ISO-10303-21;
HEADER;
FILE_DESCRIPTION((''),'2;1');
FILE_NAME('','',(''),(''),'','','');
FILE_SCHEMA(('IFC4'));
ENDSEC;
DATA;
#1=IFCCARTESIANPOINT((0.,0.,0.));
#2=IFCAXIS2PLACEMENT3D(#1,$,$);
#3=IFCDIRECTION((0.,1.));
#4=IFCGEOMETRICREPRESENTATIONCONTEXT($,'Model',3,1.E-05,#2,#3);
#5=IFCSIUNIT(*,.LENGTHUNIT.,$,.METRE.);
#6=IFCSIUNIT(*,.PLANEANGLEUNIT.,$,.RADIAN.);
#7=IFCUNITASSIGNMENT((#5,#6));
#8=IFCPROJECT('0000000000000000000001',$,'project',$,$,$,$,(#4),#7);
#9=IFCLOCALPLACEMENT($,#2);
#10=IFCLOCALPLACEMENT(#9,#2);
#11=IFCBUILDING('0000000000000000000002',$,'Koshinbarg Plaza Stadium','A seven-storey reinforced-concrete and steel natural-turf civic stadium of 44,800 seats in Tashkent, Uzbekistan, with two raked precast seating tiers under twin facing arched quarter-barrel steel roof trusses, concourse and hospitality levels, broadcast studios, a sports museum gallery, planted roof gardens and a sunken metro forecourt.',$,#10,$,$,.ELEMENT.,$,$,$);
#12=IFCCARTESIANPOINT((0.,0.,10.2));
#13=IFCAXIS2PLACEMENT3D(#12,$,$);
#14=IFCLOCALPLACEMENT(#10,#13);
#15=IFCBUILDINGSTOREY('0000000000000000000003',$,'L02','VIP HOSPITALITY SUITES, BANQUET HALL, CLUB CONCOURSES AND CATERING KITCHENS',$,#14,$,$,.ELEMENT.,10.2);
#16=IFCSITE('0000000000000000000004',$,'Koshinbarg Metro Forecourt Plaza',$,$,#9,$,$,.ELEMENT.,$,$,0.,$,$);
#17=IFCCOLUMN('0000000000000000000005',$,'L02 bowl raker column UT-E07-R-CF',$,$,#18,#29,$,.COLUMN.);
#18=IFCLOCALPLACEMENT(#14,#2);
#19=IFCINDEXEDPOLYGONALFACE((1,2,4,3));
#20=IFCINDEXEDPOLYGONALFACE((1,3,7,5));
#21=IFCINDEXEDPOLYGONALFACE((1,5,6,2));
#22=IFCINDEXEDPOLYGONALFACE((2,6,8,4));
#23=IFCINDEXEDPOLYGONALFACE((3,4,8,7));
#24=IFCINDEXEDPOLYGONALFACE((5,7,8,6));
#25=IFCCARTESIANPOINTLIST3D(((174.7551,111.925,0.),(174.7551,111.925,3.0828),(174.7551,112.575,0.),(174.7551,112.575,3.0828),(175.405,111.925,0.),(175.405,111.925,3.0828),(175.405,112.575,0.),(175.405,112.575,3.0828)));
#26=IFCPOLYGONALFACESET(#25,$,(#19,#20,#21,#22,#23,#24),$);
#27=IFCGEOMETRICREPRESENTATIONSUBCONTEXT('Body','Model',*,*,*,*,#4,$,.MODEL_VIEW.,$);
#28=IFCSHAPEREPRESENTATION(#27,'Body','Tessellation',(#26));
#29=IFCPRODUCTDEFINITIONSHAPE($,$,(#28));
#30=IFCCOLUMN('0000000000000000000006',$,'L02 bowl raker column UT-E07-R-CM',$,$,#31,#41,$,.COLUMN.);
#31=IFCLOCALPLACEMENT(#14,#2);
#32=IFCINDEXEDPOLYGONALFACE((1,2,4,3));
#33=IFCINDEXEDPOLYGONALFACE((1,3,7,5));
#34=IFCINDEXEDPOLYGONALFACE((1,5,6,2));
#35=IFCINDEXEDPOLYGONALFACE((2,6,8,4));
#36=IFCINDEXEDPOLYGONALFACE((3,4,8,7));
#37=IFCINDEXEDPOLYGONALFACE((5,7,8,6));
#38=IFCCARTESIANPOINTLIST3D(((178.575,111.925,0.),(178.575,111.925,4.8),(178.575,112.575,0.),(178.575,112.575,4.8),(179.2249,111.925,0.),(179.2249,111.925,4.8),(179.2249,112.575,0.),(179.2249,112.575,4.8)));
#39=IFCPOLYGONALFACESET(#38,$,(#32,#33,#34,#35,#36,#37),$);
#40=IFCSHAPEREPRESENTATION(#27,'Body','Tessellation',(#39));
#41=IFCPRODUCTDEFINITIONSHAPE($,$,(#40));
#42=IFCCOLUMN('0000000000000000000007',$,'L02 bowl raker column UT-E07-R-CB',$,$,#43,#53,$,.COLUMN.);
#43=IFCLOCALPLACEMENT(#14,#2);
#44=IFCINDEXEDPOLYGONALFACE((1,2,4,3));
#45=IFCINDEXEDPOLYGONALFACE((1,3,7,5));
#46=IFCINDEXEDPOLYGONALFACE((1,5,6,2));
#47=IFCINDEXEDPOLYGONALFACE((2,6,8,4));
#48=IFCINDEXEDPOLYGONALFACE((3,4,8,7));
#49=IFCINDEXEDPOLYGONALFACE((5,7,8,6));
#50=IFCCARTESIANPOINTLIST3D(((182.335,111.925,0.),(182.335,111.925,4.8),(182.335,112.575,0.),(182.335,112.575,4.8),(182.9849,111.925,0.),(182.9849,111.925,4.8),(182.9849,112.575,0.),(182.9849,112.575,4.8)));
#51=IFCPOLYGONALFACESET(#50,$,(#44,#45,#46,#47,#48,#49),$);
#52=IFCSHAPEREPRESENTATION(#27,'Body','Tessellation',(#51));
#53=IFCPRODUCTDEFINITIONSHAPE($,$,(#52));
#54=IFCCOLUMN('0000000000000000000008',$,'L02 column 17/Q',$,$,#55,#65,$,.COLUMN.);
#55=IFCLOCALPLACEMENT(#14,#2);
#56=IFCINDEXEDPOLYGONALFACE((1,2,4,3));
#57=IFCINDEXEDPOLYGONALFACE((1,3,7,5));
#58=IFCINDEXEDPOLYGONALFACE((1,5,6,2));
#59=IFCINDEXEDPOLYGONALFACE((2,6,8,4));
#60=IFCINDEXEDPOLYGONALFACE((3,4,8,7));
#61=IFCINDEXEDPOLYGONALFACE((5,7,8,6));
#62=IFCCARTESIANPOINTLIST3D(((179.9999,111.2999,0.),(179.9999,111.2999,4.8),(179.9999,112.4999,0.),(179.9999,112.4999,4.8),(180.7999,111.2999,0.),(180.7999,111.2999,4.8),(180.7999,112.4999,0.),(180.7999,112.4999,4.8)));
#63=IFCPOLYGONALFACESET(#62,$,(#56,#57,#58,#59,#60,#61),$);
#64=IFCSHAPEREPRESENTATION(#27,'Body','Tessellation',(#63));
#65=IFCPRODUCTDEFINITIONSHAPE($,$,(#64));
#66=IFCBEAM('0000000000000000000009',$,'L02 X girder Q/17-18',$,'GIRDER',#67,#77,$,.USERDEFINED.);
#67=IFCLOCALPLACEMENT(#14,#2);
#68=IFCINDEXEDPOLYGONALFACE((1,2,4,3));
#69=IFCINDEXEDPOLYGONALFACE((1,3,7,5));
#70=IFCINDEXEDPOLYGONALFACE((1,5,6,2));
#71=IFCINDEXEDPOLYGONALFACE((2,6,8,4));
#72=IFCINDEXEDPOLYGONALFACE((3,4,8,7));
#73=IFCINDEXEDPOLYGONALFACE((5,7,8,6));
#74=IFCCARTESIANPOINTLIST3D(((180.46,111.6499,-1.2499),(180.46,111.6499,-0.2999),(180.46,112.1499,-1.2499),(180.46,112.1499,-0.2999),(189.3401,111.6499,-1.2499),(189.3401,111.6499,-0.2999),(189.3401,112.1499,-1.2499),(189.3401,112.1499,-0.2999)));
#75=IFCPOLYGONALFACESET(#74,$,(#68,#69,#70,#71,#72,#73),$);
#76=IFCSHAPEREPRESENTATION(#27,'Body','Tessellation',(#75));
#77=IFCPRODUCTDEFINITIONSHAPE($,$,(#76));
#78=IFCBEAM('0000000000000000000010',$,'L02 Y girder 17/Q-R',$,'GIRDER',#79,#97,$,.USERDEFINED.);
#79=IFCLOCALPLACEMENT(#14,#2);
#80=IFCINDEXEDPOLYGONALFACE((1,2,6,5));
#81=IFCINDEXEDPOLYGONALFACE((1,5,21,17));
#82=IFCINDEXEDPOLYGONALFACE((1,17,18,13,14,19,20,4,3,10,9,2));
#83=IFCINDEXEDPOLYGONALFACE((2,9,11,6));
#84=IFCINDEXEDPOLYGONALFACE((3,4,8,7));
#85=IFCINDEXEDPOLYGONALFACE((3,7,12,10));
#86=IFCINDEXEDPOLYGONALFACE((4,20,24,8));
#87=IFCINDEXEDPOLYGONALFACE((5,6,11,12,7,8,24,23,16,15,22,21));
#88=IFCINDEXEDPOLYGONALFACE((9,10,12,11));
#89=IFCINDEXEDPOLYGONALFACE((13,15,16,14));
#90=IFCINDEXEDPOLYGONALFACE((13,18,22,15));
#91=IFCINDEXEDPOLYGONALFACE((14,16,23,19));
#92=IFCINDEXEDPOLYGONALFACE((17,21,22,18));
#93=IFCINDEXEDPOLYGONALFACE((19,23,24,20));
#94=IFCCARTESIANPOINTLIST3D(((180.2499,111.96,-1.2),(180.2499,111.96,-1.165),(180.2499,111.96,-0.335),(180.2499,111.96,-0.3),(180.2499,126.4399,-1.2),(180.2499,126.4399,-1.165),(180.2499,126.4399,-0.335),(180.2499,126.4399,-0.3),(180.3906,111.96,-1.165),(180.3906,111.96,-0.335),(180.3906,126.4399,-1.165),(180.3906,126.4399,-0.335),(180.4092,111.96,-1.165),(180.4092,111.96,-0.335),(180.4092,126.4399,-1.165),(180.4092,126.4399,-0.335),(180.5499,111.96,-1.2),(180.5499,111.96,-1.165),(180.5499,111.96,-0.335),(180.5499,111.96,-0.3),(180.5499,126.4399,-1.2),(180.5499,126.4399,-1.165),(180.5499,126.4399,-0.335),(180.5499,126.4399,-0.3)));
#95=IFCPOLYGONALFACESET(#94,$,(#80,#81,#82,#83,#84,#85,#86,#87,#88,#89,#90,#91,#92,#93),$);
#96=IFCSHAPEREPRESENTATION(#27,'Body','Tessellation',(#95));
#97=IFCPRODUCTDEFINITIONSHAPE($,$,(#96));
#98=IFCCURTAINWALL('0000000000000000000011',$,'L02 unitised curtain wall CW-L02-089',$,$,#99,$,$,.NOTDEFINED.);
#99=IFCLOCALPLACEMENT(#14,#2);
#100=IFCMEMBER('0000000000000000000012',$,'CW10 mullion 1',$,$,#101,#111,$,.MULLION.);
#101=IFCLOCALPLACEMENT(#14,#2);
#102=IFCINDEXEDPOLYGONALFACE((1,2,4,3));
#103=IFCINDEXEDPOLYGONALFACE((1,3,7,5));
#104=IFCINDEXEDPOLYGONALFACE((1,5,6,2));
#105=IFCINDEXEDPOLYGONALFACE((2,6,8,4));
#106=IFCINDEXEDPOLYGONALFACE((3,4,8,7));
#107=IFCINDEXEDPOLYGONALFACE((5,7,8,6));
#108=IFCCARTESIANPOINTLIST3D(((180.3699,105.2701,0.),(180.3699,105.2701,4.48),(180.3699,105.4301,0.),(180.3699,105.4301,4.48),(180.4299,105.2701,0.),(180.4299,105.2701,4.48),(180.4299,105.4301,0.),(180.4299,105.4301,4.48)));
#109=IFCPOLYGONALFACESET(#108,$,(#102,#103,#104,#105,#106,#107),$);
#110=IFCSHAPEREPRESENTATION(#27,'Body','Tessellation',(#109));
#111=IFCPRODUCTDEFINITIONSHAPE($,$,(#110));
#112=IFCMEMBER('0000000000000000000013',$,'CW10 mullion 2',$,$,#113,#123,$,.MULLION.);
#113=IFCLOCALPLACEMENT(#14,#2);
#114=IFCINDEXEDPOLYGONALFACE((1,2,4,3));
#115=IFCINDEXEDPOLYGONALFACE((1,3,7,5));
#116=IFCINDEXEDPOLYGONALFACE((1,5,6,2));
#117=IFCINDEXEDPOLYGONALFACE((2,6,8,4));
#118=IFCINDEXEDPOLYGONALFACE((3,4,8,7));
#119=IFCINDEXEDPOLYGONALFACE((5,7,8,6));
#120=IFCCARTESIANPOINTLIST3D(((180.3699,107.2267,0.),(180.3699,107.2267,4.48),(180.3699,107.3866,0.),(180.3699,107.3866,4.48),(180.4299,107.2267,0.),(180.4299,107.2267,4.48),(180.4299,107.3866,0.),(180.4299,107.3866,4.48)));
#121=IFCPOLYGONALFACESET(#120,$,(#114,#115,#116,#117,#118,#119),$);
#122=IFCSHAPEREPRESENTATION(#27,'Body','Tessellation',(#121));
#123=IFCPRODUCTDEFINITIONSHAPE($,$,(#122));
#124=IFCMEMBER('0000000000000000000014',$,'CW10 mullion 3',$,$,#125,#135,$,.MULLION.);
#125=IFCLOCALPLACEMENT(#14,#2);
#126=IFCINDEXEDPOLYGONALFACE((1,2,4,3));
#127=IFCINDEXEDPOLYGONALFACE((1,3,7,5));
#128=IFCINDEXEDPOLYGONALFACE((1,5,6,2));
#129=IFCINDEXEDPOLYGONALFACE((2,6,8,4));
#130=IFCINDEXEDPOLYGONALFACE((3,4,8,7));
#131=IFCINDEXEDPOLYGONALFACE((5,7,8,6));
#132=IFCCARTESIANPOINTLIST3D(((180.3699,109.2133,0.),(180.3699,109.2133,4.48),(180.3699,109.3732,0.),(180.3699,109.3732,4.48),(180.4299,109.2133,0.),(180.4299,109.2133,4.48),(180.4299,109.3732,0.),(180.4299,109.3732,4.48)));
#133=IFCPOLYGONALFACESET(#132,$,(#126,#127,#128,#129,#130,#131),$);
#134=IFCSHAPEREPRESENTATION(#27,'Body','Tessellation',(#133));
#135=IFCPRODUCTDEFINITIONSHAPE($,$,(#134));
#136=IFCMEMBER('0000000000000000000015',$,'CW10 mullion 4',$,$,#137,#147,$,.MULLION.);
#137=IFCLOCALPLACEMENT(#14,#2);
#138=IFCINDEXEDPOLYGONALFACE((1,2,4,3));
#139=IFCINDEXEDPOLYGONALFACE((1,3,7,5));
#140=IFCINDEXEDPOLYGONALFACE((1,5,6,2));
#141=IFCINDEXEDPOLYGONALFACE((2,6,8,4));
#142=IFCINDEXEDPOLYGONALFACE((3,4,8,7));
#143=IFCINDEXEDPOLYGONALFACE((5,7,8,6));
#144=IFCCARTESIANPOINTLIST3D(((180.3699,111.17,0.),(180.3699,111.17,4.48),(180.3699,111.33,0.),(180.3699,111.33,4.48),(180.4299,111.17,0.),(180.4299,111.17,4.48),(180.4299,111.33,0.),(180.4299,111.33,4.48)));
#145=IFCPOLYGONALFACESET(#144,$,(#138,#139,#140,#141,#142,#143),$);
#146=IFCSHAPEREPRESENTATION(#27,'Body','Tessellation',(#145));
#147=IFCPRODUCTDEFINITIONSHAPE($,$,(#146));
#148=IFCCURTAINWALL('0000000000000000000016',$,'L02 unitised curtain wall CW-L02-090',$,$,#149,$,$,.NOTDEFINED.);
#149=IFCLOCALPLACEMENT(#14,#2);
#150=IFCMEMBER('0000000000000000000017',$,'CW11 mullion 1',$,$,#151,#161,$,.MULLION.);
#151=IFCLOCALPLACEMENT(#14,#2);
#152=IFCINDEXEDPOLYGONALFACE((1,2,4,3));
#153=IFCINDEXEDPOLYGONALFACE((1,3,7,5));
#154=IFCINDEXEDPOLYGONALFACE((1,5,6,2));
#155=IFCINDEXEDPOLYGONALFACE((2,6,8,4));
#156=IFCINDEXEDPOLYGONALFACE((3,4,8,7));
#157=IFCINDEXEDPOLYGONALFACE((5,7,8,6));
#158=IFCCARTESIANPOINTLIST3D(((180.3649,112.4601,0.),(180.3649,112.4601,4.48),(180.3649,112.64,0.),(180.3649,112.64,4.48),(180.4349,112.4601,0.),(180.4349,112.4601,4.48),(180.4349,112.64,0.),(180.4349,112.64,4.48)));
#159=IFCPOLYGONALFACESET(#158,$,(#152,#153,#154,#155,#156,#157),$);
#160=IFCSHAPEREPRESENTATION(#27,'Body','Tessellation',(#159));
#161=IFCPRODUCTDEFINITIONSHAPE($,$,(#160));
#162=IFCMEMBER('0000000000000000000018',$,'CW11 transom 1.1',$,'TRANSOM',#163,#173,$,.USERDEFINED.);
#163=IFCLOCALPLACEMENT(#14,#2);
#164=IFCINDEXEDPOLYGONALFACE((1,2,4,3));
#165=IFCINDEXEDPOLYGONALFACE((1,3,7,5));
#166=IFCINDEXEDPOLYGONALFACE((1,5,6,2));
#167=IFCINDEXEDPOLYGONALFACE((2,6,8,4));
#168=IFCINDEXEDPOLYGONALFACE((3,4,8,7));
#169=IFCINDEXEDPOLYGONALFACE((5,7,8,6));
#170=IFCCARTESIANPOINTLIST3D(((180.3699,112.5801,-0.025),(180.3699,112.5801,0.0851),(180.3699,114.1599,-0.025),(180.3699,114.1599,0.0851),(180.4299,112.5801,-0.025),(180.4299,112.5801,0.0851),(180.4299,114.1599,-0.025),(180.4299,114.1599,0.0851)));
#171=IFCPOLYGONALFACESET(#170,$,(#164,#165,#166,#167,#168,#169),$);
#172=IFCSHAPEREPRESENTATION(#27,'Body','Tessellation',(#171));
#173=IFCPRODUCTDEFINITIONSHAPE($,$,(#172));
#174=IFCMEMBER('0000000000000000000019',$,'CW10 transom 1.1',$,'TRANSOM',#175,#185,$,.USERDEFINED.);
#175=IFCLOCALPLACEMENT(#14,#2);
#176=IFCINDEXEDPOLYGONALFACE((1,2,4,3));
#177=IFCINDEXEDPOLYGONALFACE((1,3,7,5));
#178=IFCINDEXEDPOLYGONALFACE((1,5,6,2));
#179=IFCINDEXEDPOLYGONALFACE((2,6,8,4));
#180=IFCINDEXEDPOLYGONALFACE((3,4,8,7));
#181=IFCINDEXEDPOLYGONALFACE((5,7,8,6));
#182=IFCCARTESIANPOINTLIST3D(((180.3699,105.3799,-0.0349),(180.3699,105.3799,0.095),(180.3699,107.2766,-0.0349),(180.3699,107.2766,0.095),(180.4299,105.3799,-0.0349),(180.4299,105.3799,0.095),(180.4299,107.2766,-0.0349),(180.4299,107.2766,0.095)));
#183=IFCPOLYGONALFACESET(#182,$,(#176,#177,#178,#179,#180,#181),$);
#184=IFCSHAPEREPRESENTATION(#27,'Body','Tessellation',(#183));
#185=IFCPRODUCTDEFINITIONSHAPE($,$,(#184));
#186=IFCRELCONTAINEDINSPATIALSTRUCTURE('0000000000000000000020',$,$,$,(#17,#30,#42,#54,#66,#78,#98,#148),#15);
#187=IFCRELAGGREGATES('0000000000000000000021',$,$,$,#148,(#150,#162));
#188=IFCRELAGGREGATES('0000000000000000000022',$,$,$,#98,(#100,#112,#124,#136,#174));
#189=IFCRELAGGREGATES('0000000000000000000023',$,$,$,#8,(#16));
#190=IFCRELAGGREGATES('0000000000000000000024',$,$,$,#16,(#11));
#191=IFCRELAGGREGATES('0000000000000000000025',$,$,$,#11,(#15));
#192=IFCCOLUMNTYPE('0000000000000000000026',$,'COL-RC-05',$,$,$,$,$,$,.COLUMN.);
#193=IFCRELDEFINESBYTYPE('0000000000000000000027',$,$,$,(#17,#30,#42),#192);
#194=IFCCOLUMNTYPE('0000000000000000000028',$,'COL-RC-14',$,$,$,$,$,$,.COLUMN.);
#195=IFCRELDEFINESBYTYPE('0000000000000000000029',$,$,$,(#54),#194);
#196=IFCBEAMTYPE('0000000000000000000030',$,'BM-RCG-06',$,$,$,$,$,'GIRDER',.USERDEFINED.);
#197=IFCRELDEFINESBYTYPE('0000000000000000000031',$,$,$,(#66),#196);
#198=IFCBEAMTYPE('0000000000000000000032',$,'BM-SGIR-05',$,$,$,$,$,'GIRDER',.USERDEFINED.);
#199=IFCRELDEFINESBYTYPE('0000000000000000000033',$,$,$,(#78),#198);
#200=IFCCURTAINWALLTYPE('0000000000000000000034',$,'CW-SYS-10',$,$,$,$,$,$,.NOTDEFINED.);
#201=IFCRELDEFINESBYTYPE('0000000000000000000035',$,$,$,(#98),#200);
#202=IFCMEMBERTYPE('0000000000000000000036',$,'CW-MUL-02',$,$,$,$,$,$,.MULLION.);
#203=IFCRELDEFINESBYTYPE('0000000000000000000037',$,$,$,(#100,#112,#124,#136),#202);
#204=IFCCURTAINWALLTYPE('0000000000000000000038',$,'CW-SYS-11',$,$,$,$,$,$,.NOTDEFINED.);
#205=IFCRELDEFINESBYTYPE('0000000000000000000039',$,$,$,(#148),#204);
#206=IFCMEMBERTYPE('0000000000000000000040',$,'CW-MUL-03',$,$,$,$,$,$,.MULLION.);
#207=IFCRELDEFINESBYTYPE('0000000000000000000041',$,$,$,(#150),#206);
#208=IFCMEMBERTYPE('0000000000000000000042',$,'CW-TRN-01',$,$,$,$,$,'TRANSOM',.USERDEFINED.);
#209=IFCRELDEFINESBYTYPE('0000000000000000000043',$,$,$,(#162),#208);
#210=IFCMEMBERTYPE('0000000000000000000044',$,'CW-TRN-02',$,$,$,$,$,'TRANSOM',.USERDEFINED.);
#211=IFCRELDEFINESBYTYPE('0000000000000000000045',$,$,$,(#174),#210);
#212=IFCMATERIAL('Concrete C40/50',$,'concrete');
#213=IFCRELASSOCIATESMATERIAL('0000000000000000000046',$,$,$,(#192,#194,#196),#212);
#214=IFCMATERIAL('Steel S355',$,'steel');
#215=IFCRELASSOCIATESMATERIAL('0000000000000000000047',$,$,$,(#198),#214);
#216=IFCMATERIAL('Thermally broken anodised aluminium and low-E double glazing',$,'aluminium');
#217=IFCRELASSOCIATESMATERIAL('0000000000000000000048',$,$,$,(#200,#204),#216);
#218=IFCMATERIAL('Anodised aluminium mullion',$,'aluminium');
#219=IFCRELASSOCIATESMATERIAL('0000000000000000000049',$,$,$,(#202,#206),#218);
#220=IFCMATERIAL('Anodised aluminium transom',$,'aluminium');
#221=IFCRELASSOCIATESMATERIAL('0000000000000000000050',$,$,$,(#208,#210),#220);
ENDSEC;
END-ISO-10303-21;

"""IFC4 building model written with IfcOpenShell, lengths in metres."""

from ifc_helpers import new_model, si_unit, direction, frame, origin, origin_2d, place, context, subcontext, project, spatial, rectangle, i_section, extrude, material, material_profile, profile_set, type_object, element, aggregate, save


model = new_model("IFC4")

# Units and contexts
model_context = context("Model", 3, precision=1e-05, world=origin(), true_north=direction((0.0, 1.0)))
body_context = subcontext(model_context, "Body", "Model", "MODEL_VIEW")
ifc_project = project(units=[si_unit("LENGTHUNIT", "METRE"), si_unit("PLANEANGLEUNIT", "RADIAN")], contexts=[model_context])

# Site, building, storey
site_placement = place(None, origin())
site = spatial("IfcSite", under=ifc_project, at=site_placement, Name="Koshinbarg Metro Forecourt Plaza", CompositionType="ELEMENT", RefElevation=0.0)
building_placement = place(site_placement, origin())
building = spatial("IfcBuilding", under=site, at=building_placement, Name="Koshinbarg Plaza Stadium", Description="A seven-storey reinforced-concrete and steel natural-turf civic stadium of 44,800 seats in Tashkent, Uzbekistan, with two raked precast seating tiers under twin facing arched quarter-barrel steel roof trusses, concourse and hospitality levels, broadcast studios, a sports museum gallery, planted roof gardens and a sunken metro forecourt.", CompositionType="ELEMENT")
storey_placement = place(building_placement, frame((0.0, 0.0, 10.2)))
storey = spatial("IfcBuildingStorey", under=building, at=storey_placement, Name="L02", Description="VIP HOSPITALITY SUITES, BANQUET HALL, CLUB CONCOURSES AND CATERING KITCHENS", CompositionType="ELEMENT", Elevation=10.2)

# Columns
ifc_material_1 = material(Name="Concrete C40/50", Category="concrete")
ifc_material_profile_1 = material_profile(ifc_material_1, rectangle(XDim=0.6499, YDim=0.6499, at=origin_2d()), Name="RC 650x650")
ifc_profile_set_1 = profile_set([ifc_material_profile_1], Name="Concrete C40/50")
column_type_1 = type_object("IfcColumnType", Name="COL-RC-05", PredefinedType="COLUMN", material=ifc_profile_set_1)
column_1_placement = place(storey_placement, frame((175.0801, 112.25, 0.0), z_axis=(0.0, 0.0, 1.0), x_axis=(1.0, 0.0, 0.0)))
element("IfcColumn", 1, at=column_1_placement, inside=storey, type_object=column_type_1, Name="L02 bowl raker column UT-E07-R-CF", PredefinedType="COLUMN", context=body_context, shape_type="SweptSolid", body=[
    extrude(rectangle(XDim=0.6499, YDim=0.6499, at=origin_2d()), origin(), (0.0, 0.0, 1.0), 3.0828),
])
for number, where, z_axis, x_axis, name in (
    (2, (178.8999, 112.25, 0.0), (0.0, 0.0, 1.0), (1.0, 0.0, 0.0), "L02 bowl raker column UT-E07-R-CM"),
    (3, (182.6599, 112.25, 0.0), (0.0, 0.0, 1.0), (1.0, 0.0, 0.0), "L02 bowl raker column UT-E07-R-CB"),
):
    element("IfcColumn", number, at=place(storey_placement, frame(where, z_axis=z_axis, x_axis=x_axis)), inside=storey, type_object=column_type_1, Name=name, PredefinedType="COLUMN", context=body_context, shape_type="SweptSolid", body=[
        extrude(rectangle(XDim=0.6499, YDim=0.6499, at=origin_2d()), origin(), (0.0, 0.0, 1.0), 4.8),
    ])
ifc_material_profile_2 = material_profile(ifc_material_1, rectangle(XDim=0.8, YDim=1.2, at=origin_2d()), Name="RC 800x1200")
ifc_profile_set_2 = profile_set([ifc_material_profile_2], Name="Concrete C40/50")
column_type_2 = type_object("IfcColumnType", Name="COL-RC-14", PredefinedType="COLUMN", material=ifc_profile_set_2)
column_2_placement = place(storey_placement, frame((180.3999, 111.8999, 0.0), z_axis=(0.0, 0.0, 1.0), x_axis=(1.0, 0.0, 0.0)))
element("IfcColumn", 4, at=column_2_placement, inside=storey, type_object=column_type_2, Name="L02 column 17/Q", PredefinedType="COLUMN", context=body_context, shape_type="SweptSolid", body=[
    extrude(rectangle(XDim=0.8, YDim=1.2, at=origin_2d()), origin(), (0.0, 0.0, 1.0), 4.8),
])

# Beams
ifc_material_profile_3 = material_profile(ifc_material_1, rectangle(XDim=0.5, YDim=0.95, at=origin_2d()), Name="RC 500x950")
ifc_profile_set_3 = profile_set([ifc_material_profile_3], Name="Concrete C40/50")
beam_type_1 = type_object("IfcBeamType", Name="BM-RCG-06", ElementType="GIRDER", PredefinedType="USERDEFINED", material=ifc_profile_set_3)
beam_1_placement = place(storey_placement, frame((180.46, 111.8999, -0.7749), z_axis=(1.0, 0.0, 0.0), x_axis=(0.0, 1.0, 0.0)))
element("IfcBeam", 5, at=beam_1_placement, inside=storey, type_object=beam_type_1, Name="L02 X girder Q/17-18", ObjectType="GIRDER", PredefinedType="USERDEFINED", context=body_context, shape_type="SweptSolid", body=[
    extrude(rectangle(XDim=0.5, YDim=0.95, at=origin_2d()), origin(), (0.0, 0.0, 1.0), 8.8801),
])
ifc_material_2 = material(Name="Steel S355", Category="steel")
ifc_material_profile_4 = material_profile(ifc_material_2, i_section(OverallWidth=0.3, OverallDepth=0.8999, WebThickness=0.0186, FlangeThickness=0.0349, at=origin_2d()), Name="HEB 900")
ifc_profile_set_4 = profile_set([ifc_material_profile_4], Name="Steel S355")
beam_type_2 = type_object("IfcBeamType", Name="BM-SGIR-05", ElementType="GIRDER", PredefinedType="USERDEFINED", material=ifc_profile_set_4)
beam_2_placement = place(storey_placement, frame((180.3999, 111.96, -0.75), z_axis=(0.0, 1.0, 0.0), x_axis=(-1.0, 0.0, 0.0)))
element("IfcBeam", 6, at=beam_2_placement, inside=storey, type_object=beam_type_2, Name="L02 Y girder 17/Q-R", ObjectType="GIRDER", PredefinedType="USERDEFINED", context=body_context, shape_type="SweptSolid", body=[
    extrude(i_section(OverallWidth=0.3, OverallDepth=0.8999, WebThickness=0.0186, FlangeThickness=0.0349, at=origin_2d()), origin(), (0.0, 0.0, 1.0), 14.48),
])

# Curtain walls, members
ifc_material_3 = material(Name="Thermally broken anodised aluminium and low-E double glazing", Category="aluminium")
curtain_wall_type_1 = type_object("IfcCurtainWallType", Name="CW-SYS-10", PredefinedType="NOTDEFINED", material=ifc_material_3)
curtain_wall_1_placement = place(storey_placement, origin())
curtain_wall_1 = element("IfcCurtainWall", 7, at=curtain_wall_1_placement, inside=storey, type_object=curtain_wall_type_1, Name="L02 unitised curtain wall CW-L02-089", PredefinedType="NOTDEFINED")
ifc_material_4 = material(Name="Anodised aluminium mullion", Category="aluminium")
ifc_material_profile_5 = material_profile(ifc_material_4, rectangle(XDim=0.0601, YDim=0.1599, at=origin_2d()), Name="ALU 60x160")
ifc_profile_set_5 = profile_set([ifc_material_profile_5], Name="Anodised aluminium mullion")
member_type_1 = type_object("IfcMemberType", Name="CW-MUL-02", PredefinedType="MULLION", material=ifc_profile_set_5)
member_1_placement = place(storey_placement, frame((180.3999, 105.3501, 0.0), z_axis=(0.0, 0.0, 1.0), x_axis=(-1.0, 0.0, 0.0)))
member_1 = element("IfcMember", 8, at=member_1_placement, type_object=member_type_1, Name="CW10 mullion 1", PredefinedType="MULLION", context=body_context, shape_type="SweptSolid", body=[
    extrude(rectangle(XDim=0.0601, YDim=0.1599, at=origin_2d()), origin(), (0.0, 0.0, 1.0), 4.48),
])
member_2_placement = place(storey_placement, frame((180.3999, 107.3066, 0.0), z_axis=(0.0, 0.0, 1.0), x_axis=(-1.0, 0.0, 0.0)))
member_2 = element("IfcMember", 9, at=member_2_placement, type_object=member_type_1, Name="CW10 mullion 2", PredefinedType="MULLION", context=body_context, shape_type="SweptSolid", body=[
    extrude(rectangle(XDim=0.0601, YDim=0.1599, at=origin_2d()), origin(), (0.0, 0.0, 1.0), 4.48),
])
member_3_placement = place(storey_placement, frame((180.3999, 109.2932, 0.0), z_axis=(0.0, 0.0, 1.0), x_axis=(-1.0, 0.0, 0.0)))
member_3 = element("IfcMember", 10, at=member_3_placement, type_object=member_type_1, Name="CW10 mullion 3", PredefinedType="MULLION", context=body_context, shape_type="SweptSolid", body=[
    extrude(rectangle(XDim=0.0601, YDim=0.1599, at=origin_2d()), origin(), (0.0, 0.0, 1.0), 4.48),
])
member_4_placement = place(storey_placement, frame((180.3999, 111.25, 0.0), z_axis=(0.0, 0.0, 1.0), x_axis=(-1.0, 0.0, 0.0)))
member_4 = element("IfcMember", 11, at=member_4_placement, type_object=member_type_1, Name="CW10 mullion 4", PredefinedType="MULLION", context=body_context, shape_type="SweptSolid", body=[
    extrude(rectangle(XDim=0.0601, YDim=0.1599, at=origin_2d()), origin(), (0.0, 0.0, 1.0), 4.48),
])
curtain_wall_type_2 = type_object("IfcCurtainWallType", Name="CW-SYS-11", PredefinedType="NOTDEFINED", material=ifc_material_3)
curtain_wall_2_placement = place(storey_placement, origin())
curtain_wall_2 = element("IfcCurtainWall", 12, at=curtain_wall_2_placement, inside=storey, type_object=curtain_wall_type_2, Name="L02 unitised curtain wall CW-L02-090", PredefinedType="NOTDEFINED")
ifc_material_profile_6 = material_profile(ifc_material_4, rectangle(XDim=0.0701, YDim=0.1799, at=origin_2d()), Name="ALU 70x180")
ifc_profile_set_6 = profile_set([ifc_material_profile_6], Name="Anodised aluminium mullion")
member_type_2 = type_object("IfcMemberType", Name="CW-MUL-03", PredefinedType="MULLION", material=ifc_profile_set_6)
member_5_placement = place(storey_placement, frame((180.3999, 112.55, 0.0), z_axis=(0.0, 0.0, 1.0), x_axis=(-1.0, 0.0, 0.0)))
member_5 = element("IfcMember", 13, at=member_5_placement, type_object=member_type_2, Name="CW11 mullion 1", PredefinedType="MULLION", context=body_context, shape_type="SweptSolid", body=[
    extrude(rectangle(XDim=0.0701, YDim=0.1799, at=origin_2d()), origin(), (0.0, 0.0, 1.0), 4.48),
])
ifc_material_5 = material(Name="Anodised aluminium transom", Category="aluminium")
ifc_material_profile_7 = material_profile(ifc_material_5, rectangle(XDim=0.0601, YDim=0.1101, at=origin_2d()), Name="ALU 60x110")
ifc_profile_set_7 = profile_set([ifc_material_profile_7], Name="Anodised aluminium transom")
member_type_3 = type_object("IfcMemberType", Name="CW-TRN-01", ElementType="TRANSOM", PredefinedType="USERDEFINED", material=ifc_profile_set_7)
member_6_placement = place(storey_placement, frame((180.3999, 112.5801, 0.03), z_axis=(0.0, 1.0, 0.0), x_axis=(-1.0, 0.0, 0.0)))
member_6 = element("IfcMember", 14, at=member_6_placement, type_object=member_type_3, Name="CW11 transom 1.1", ObjectType="TRANSOM", PredefinedType="USERDEFINED", context=body_context, shape_type="SweptSolid", body=[
    extrude(rectangle(XDim=0.0601, YDim=0.1101, at=origin_2d()), origin(), (0.0, 0.0, 1.0), 1.5798),
])
aggregate(curtain_wall_2, [member_5, member_6])

# Member
ifc_material_profile_8 = material_profile(ifc_material_5, rectangle(XDim=0.0601, YDim=0.1299, at=origin_2d()), Name="ALU 60x130")
ifc_profile_set_8 = profile_set([ifc_material_profile_8], Name="Anodised aluminium transom")
member_type_4 = type_object("IfcMemberType", Name="CW-TRN-02", ElementType="TRANSOM", PredefinedType="USERDEFINED", material=ifc_profile_set_8)
member_7_placement = place(storey_placement, frame((180.3999, 105.3799, 0.03), z_axis=(0.0, 1.0, 0.0), x_axis=(-1.0, 0.0, 0.0)))
member_7 = element("IfcMember", 15, at=member_7_placement, type_object=member_type_4, Name="CW10 transom 1.1", ObjectType="TRANSOM", PredefinedType="USERDEFINED", context=body_context, shape_type="SweptSolid", body=[
    extrude(rectangle(XDim=0.0601, YDim=0.1299, at=origin_2d()), origin(), (0.0, 0.0, 1.0), 1.8967),
])

aggregate(curtain_wall_1, [member_1, member_2, member_3, member_4, member_7])

save(model, "model.ifc")
